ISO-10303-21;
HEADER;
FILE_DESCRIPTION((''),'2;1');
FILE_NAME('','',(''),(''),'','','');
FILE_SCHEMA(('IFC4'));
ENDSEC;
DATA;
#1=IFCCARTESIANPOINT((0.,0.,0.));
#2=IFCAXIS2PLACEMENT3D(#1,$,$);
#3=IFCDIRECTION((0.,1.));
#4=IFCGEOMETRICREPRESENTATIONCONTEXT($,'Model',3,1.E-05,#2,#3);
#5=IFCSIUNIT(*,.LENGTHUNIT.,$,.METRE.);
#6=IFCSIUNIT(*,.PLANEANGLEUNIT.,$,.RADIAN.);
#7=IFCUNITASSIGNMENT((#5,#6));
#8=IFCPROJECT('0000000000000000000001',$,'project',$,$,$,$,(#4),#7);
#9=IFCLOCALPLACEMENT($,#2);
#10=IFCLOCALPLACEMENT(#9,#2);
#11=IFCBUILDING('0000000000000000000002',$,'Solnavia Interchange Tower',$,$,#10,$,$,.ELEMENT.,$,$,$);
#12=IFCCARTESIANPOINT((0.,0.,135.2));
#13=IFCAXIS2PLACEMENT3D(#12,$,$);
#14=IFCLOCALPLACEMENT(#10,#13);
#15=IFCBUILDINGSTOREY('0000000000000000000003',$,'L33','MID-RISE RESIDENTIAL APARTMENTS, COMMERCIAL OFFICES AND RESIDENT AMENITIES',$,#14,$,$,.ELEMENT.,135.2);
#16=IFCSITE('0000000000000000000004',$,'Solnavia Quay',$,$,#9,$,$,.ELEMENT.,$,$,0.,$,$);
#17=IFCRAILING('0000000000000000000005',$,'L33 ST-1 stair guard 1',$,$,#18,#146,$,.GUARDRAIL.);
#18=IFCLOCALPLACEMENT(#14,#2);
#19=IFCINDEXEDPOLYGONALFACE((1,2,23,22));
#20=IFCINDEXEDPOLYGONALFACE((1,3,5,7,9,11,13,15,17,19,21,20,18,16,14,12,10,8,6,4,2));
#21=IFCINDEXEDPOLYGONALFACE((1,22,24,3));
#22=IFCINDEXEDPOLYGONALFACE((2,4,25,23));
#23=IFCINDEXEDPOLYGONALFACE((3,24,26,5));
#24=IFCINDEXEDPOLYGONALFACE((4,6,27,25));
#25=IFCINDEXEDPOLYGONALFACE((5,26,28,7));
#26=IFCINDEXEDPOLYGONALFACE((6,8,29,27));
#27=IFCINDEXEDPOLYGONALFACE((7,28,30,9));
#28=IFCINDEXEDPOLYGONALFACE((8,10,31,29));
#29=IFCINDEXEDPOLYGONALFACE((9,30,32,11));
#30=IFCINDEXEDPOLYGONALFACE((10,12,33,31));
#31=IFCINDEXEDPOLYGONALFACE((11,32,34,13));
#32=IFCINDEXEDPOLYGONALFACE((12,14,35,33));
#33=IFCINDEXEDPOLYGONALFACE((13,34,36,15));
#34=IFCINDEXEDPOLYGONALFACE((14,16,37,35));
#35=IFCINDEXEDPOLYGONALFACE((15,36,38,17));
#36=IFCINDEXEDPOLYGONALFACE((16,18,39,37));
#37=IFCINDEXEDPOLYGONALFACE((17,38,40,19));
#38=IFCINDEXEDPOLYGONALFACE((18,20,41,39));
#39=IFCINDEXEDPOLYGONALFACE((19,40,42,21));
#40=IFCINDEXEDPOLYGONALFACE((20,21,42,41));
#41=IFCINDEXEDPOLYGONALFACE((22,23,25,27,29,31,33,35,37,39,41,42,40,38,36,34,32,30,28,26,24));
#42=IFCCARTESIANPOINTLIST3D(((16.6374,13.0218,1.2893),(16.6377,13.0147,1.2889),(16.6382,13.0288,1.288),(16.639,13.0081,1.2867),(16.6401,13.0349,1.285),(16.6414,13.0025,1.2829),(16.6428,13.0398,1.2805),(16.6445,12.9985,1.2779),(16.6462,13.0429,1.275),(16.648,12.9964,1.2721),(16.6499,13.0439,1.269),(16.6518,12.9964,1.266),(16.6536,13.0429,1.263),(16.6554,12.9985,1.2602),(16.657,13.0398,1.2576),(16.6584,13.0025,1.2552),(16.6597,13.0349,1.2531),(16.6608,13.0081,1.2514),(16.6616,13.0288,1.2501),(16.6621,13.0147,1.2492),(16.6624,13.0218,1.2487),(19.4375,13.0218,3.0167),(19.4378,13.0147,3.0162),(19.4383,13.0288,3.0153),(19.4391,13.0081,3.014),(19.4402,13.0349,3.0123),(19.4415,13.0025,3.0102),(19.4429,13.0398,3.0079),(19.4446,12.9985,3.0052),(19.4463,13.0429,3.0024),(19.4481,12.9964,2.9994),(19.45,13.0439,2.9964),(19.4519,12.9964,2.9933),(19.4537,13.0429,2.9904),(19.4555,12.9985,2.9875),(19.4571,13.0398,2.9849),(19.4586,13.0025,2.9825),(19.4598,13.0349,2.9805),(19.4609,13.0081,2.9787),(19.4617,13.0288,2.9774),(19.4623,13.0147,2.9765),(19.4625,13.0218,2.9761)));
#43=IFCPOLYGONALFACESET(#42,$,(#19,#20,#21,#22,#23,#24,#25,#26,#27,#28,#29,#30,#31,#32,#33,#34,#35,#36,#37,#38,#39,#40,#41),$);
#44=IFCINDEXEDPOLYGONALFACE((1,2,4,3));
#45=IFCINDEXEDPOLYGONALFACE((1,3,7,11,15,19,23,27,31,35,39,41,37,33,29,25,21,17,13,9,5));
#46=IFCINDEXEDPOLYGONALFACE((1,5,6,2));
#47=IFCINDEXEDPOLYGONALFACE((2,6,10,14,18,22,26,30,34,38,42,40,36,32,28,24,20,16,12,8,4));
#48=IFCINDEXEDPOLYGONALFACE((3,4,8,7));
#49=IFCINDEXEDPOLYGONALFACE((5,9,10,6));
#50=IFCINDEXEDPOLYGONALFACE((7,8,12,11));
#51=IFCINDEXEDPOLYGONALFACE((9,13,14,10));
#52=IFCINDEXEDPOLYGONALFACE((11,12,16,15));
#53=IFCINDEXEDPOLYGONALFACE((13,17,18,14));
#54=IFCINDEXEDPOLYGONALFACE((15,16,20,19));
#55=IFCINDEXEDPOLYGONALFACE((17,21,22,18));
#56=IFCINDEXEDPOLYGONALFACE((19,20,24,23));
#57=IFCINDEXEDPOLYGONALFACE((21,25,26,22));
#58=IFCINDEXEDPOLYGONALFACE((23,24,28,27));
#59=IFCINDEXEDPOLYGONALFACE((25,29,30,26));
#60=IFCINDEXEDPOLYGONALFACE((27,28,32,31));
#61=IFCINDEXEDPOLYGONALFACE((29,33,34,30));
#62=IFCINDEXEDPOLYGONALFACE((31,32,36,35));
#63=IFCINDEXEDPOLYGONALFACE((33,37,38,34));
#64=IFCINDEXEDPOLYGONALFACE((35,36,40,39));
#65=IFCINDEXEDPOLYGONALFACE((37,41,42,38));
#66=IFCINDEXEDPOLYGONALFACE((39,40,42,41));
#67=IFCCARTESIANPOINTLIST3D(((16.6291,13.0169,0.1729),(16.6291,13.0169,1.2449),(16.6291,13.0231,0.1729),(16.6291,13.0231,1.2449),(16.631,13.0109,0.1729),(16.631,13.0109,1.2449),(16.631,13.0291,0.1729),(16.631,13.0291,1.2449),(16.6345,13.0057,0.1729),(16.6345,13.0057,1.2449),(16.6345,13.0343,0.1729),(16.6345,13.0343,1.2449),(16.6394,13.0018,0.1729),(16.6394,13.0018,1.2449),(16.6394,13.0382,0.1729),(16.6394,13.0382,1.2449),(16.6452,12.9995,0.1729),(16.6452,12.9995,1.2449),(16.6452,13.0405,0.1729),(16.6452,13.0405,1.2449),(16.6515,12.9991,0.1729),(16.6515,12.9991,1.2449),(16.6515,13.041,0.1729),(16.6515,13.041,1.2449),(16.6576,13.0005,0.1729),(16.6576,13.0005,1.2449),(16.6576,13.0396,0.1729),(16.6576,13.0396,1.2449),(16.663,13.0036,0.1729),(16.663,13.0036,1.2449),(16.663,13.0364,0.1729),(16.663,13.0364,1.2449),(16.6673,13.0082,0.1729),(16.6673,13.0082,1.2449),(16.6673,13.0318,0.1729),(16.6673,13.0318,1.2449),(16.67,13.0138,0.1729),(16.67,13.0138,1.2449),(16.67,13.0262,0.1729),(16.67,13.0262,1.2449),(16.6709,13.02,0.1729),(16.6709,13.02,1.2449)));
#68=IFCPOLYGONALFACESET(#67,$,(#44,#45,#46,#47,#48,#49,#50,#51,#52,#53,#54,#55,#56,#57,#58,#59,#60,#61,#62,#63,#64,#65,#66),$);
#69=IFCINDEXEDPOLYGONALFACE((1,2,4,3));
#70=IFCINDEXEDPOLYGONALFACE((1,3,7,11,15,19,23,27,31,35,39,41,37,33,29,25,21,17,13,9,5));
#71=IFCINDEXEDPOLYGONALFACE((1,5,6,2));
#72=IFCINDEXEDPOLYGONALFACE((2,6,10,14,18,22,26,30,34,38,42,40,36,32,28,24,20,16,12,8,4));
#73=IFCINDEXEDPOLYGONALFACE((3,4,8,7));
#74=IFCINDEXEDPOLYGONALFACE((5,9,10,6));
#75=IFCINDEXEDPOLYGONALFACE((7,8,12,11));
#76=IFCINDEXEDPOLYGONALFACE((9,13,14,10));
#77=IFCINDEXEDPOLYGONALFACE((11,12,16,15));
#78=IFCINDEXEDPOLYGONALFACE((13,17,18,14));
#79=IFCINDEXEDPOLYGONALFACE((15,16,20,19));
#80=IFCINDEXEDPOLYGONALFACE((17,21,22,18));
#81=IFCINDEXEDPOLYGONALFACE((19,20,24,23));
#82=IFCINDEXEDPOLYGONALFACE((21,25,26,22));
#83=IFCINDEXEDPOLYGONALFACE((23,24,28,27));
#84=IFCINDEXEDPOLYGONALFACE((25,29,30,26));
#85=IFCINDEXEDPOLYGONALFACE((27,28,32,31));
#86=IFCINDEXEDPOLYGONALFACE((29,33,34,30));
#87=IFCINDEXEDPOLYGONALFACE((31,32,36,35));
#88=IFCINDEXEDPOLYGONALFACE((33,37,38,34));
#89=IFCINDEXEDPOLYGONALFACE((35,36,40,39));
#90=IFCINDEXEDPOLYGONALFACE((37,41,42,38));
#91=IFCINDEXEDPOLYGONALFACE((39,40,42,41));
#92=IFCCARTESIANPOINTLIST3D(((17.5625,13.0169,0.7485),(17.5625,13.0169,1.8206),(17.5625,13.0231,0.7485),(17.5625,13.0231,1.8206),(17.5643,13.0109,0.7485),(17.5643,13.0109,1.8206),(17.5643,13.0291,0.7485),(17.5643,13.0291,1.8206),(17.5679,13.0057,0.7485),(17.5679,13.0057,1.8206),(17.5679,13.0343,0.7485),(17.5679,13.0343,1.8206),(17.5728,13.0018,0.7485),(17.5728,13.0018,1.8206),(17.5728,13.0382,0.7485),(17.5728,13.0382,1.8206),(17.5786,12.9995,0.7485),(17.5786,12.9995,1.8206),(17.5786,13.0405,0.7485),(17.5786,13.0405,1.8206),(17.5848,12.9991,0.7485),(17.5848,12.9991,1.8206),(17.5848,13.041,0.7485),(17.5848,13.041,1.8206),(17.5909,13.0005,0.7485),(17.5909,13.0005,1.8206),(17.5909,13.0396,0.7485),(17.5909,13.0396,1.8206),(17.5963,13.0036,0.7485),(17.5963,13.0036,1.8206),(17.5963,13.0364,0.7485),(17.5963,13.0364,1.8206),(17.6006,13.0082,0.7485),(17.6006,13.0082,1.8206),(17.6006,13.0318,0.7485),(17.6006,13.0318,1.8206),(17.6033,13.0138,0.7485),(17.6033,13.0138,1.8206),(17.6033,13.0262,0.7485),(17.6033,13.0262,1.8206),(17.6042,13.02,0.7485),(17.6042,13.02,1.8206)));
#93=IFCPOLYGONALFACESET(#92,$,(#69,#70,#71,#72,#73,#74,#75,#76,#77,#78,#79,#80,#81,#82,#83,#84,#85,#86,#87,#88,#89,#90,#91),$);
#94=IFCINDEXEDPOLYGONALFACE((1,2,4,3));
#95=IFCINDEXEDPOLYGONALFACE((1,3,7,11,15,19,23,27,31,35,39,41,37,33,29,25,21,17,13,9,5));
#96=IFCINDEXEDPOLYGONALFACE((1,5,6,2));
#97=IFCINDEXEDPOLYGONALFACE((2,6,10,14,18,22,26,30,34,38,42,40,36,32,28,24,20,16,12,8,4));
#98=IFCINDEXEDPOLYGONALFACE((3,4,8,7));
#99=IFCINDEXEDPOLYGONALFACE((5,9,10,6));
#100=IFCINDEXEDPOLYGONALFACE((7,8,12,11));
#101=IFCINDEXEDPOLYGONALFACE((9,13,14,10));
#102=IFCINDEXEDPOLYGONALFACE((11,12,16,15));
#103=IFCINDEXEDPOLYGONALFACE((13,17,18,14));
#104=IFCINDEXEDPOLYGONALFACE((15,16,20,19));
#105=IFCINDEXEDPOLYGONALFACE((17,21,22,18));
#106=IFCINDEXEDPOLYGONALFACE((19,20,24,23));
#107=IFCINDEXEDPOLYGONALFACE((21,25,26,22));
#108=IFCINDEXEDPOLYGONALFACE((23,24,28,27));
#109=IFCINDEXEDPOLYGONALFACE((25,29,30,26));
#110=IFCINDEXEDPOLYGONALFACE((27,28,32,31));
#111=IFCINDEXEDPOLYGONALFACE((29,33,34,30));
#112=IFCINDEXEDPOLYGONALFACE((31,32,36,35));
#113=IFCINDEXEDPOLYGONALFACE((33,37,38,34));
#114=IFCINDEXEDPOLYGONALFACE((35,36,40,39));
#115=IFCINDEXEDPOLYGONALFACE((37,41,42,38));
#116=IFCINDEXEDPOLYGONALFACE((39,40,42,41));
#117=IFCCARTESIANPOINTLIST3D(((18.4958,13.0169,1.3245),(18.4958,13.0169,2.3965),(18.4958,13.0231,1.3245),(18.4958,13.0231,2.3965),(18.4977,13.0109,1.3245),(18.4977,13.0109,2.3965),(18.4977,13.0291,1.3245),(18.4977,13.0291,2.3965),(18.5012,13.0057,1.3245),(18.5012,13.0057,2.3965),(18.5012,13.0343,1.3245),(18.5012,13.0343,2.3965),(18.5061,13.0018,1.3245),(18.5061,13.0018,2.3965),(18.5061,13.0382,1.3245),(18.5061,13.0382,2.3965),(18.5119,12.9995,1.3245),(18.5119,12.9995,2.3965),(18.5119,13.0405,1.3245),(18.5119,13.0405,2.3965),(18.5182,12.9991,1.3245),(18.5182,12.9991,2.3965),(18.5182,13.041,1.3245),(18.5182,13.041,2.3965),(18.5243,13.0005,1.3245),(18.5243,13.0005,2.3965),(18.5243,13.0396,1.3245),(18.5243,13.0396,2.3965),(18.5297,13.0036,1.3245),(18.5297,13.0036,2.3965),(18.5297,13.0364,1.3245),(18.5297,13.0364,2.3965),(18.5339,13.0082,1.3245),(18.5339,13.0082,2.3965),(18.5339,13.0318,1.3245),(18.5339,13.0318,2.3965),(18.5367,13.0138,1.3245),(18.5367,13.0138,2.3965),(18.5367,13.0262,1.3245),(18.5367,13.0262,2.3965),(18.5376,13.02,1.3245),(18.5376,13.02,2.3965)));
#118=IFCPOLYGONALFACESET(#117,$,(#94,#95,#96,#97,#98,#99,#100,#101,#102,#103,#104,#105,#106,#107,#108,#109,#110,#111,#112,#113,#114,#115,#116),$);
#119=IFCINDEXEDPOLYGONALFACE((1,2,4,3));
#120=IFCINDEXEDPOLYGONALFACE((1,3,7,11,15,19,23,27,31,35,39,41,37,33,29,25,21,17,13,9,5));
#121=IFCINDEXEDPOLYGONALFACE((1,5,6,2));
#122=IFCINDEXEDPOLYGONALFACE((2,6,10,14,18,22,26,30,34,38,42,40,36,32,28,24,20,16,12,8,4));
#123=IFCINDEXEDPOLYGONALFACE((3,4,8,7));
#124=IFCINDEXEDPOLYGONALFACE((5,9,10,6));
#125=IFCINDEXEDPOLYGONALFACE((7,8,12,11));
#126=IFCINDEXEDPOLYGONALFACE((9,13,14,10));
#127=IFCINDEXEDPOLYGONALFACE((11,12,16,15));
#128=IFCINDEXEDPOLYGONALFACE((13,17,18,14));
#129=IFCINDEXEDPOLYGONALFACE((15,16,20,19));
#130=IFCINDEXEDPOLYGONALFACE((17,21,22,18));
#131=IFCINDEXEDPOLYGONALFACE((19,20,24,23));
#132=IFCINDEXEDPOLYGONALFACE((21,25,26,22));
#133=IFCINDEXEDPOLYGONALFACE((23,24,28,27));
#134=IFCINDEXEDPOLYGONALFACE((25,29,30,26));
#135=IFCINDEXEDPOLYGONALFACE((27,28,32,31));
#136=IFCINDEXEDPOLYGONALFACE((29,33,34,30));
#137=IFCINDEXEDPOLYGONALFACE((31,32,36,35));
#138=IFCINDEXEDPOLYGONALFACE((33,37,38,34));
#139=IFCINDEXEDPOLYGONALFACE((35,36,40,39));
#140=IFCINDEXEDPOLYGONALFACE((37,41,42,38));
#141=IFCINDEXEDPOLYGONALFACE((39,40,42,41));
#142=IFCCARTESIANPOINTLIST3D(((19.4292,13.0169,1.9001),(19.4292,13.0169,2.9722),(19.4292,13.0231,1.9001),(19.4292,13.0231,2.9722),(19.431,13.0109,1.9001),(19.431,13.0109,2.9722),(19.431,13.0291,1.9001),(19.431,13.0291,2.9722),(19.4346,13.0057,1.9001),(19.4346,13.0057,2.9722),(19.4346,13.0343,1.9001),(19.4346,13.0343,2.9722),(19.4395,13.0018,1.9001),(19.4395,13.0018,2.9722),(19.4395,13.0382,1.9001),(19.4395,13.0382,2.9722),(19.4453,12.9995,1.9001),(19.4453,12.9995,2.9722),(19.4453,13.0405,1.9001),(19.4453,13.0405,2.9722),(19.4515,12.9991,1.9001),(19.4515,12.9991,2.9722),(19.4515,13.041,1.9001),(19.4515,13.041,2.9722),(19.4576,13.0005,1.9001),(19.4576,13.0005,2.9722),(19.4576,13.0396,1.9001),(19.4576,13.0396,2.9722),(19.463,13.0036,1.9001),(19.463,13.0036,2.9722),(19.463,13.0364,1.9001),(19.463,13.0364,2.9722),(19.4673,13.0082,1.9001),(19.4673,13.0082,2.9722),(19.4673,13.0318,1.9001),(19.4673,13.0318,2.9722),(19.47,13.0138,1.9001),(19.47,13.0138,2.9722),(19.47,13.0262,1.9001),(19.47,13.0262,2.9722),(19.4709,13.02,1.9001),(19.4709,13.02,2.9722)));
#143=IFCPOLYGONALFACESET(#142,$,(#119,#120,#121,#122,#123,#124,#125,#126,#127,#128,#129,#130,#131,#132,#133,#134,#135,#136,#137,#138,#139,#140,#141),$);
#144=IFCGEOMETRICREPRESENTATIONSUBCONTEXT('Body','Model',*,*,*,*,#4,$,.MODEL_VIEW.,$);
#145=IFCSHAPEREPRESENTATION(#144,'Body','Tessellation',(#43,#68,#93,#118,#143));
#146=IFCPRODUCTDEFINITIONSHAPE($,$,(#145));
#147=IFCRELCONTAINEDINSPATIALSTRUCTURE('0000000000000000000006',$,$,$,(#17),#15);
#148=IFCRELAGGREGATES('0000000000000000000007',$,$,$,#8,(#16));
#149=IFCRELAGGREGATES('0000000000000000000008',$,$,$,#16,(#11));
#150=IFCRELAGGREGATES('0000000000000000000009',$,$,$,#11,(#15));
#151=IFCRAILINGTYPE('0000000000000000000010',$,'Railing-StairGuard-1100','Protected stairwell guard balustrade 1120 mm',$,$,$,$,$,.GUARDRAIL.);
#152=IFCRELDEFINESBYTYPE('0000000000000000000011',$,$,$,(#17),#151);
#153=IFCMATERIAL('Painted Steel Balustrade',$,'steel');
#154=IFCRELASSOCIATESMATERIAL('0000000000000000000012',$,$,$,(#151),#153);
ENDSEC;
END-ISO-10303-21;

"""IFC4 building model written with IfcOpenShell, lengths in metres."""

from ifc_helpers import new_model, si_unit, direction, frame, origin, origin_2d, place, context, subcontext, project, spatial, circle, extrude, material, type_object, element, save


model = new_model("IFC4")

# Units and contexts
model_context = context("Model", 3, precision=1e-05, world=origin(), true_north=direction((0.0, 1.0)))
body_context = subcontext(model_context, "Body", "Model", "MODEL_VIEW")
ifc_project = project(units=[si_unit("LENGTHUNIT", "METRE"), si_unit("PLANEANGLEUNIT", "RADIAN")], contexts=[model_context])

# Site, building, storey
site_placement = place(None, origin())
site = spatial("IfcSite", under=ifc_project, at=site_placement, Name="Solnavia Quay", CompositionType="ELEMENT", RefElevation=0.0)
building_placement = place(site_placement, origin())
building = spatial("IfcBuilding", under=site, at=building_placement, Name="Solnavia Interchange Tower", CompositionType="ELEMENT")
storey_placement = place(building_placement, frame((0.0, 0.0, 135.2)))
storey = spatial("IfcBuildingStorey", under=building, at=storey_placement, Name="L33", Description="MID-RISE RESIDENTIAL APARTMENTS, COMMERCIAL OFFICES AND RESIDENT AMENITIES", CompositionType="ELEMENT", Elevation=135.2)

# Railing
ifc_material_1 = material(Name="Painted Steel Balustrade", Category="steel")
railing_type_1 = type_object("IfcRailingType", Name="Railing-StairGuard-1100", Description="Protected stairwell guard balustrade 1120 mm", PredefinedType="GUARDRAIL", material=ifc_material_1)
railing_1_placement = place(storey_placement, frame((16.6499, 13.02, 0.1729)))
element("IfcRailing", 1, at=railing_1_placement, inside=storey, type_object=railing_type_1, Name="L33 ST-1 stair guard 1", PredefinedType="GUARDRAIL", context=body_context, shape_type="SweptSolid", body=[
    extrude(circle(Radius=0.0239, at=origin_2d()), frame((0.0, 0.0, 1.0962), z_axis=(0.85109, 0.0, 0.52502), x_axis=(0.0, 1.0, 0.0)), (0.0, 0.0, 1.0), 3.29),
    extrude(circle(Radius=0.021, at=origin_2d()), origin(), (0.0, 0.0, 1.0), 1.072),
    extrude(circle(Radius=0.021, at=origin_2d()), frame((0.9333, 0.0, 0.5757)), (0.0, 0.0, 1.0), 1.072),
    extrude(circle(Radius=0.021, at=origin_2d()), frame((1.8667, 0.0, 1.1516)), (0.0, 0.0, 1.0), 1.072),
    extrude(circle(Radius=0.021, at=origin_2d()), frame((2.8, 0.0, 1.7273)), (0.0, 0.0, 1.0), 1.072),
])

save(model, "model.ifc")
